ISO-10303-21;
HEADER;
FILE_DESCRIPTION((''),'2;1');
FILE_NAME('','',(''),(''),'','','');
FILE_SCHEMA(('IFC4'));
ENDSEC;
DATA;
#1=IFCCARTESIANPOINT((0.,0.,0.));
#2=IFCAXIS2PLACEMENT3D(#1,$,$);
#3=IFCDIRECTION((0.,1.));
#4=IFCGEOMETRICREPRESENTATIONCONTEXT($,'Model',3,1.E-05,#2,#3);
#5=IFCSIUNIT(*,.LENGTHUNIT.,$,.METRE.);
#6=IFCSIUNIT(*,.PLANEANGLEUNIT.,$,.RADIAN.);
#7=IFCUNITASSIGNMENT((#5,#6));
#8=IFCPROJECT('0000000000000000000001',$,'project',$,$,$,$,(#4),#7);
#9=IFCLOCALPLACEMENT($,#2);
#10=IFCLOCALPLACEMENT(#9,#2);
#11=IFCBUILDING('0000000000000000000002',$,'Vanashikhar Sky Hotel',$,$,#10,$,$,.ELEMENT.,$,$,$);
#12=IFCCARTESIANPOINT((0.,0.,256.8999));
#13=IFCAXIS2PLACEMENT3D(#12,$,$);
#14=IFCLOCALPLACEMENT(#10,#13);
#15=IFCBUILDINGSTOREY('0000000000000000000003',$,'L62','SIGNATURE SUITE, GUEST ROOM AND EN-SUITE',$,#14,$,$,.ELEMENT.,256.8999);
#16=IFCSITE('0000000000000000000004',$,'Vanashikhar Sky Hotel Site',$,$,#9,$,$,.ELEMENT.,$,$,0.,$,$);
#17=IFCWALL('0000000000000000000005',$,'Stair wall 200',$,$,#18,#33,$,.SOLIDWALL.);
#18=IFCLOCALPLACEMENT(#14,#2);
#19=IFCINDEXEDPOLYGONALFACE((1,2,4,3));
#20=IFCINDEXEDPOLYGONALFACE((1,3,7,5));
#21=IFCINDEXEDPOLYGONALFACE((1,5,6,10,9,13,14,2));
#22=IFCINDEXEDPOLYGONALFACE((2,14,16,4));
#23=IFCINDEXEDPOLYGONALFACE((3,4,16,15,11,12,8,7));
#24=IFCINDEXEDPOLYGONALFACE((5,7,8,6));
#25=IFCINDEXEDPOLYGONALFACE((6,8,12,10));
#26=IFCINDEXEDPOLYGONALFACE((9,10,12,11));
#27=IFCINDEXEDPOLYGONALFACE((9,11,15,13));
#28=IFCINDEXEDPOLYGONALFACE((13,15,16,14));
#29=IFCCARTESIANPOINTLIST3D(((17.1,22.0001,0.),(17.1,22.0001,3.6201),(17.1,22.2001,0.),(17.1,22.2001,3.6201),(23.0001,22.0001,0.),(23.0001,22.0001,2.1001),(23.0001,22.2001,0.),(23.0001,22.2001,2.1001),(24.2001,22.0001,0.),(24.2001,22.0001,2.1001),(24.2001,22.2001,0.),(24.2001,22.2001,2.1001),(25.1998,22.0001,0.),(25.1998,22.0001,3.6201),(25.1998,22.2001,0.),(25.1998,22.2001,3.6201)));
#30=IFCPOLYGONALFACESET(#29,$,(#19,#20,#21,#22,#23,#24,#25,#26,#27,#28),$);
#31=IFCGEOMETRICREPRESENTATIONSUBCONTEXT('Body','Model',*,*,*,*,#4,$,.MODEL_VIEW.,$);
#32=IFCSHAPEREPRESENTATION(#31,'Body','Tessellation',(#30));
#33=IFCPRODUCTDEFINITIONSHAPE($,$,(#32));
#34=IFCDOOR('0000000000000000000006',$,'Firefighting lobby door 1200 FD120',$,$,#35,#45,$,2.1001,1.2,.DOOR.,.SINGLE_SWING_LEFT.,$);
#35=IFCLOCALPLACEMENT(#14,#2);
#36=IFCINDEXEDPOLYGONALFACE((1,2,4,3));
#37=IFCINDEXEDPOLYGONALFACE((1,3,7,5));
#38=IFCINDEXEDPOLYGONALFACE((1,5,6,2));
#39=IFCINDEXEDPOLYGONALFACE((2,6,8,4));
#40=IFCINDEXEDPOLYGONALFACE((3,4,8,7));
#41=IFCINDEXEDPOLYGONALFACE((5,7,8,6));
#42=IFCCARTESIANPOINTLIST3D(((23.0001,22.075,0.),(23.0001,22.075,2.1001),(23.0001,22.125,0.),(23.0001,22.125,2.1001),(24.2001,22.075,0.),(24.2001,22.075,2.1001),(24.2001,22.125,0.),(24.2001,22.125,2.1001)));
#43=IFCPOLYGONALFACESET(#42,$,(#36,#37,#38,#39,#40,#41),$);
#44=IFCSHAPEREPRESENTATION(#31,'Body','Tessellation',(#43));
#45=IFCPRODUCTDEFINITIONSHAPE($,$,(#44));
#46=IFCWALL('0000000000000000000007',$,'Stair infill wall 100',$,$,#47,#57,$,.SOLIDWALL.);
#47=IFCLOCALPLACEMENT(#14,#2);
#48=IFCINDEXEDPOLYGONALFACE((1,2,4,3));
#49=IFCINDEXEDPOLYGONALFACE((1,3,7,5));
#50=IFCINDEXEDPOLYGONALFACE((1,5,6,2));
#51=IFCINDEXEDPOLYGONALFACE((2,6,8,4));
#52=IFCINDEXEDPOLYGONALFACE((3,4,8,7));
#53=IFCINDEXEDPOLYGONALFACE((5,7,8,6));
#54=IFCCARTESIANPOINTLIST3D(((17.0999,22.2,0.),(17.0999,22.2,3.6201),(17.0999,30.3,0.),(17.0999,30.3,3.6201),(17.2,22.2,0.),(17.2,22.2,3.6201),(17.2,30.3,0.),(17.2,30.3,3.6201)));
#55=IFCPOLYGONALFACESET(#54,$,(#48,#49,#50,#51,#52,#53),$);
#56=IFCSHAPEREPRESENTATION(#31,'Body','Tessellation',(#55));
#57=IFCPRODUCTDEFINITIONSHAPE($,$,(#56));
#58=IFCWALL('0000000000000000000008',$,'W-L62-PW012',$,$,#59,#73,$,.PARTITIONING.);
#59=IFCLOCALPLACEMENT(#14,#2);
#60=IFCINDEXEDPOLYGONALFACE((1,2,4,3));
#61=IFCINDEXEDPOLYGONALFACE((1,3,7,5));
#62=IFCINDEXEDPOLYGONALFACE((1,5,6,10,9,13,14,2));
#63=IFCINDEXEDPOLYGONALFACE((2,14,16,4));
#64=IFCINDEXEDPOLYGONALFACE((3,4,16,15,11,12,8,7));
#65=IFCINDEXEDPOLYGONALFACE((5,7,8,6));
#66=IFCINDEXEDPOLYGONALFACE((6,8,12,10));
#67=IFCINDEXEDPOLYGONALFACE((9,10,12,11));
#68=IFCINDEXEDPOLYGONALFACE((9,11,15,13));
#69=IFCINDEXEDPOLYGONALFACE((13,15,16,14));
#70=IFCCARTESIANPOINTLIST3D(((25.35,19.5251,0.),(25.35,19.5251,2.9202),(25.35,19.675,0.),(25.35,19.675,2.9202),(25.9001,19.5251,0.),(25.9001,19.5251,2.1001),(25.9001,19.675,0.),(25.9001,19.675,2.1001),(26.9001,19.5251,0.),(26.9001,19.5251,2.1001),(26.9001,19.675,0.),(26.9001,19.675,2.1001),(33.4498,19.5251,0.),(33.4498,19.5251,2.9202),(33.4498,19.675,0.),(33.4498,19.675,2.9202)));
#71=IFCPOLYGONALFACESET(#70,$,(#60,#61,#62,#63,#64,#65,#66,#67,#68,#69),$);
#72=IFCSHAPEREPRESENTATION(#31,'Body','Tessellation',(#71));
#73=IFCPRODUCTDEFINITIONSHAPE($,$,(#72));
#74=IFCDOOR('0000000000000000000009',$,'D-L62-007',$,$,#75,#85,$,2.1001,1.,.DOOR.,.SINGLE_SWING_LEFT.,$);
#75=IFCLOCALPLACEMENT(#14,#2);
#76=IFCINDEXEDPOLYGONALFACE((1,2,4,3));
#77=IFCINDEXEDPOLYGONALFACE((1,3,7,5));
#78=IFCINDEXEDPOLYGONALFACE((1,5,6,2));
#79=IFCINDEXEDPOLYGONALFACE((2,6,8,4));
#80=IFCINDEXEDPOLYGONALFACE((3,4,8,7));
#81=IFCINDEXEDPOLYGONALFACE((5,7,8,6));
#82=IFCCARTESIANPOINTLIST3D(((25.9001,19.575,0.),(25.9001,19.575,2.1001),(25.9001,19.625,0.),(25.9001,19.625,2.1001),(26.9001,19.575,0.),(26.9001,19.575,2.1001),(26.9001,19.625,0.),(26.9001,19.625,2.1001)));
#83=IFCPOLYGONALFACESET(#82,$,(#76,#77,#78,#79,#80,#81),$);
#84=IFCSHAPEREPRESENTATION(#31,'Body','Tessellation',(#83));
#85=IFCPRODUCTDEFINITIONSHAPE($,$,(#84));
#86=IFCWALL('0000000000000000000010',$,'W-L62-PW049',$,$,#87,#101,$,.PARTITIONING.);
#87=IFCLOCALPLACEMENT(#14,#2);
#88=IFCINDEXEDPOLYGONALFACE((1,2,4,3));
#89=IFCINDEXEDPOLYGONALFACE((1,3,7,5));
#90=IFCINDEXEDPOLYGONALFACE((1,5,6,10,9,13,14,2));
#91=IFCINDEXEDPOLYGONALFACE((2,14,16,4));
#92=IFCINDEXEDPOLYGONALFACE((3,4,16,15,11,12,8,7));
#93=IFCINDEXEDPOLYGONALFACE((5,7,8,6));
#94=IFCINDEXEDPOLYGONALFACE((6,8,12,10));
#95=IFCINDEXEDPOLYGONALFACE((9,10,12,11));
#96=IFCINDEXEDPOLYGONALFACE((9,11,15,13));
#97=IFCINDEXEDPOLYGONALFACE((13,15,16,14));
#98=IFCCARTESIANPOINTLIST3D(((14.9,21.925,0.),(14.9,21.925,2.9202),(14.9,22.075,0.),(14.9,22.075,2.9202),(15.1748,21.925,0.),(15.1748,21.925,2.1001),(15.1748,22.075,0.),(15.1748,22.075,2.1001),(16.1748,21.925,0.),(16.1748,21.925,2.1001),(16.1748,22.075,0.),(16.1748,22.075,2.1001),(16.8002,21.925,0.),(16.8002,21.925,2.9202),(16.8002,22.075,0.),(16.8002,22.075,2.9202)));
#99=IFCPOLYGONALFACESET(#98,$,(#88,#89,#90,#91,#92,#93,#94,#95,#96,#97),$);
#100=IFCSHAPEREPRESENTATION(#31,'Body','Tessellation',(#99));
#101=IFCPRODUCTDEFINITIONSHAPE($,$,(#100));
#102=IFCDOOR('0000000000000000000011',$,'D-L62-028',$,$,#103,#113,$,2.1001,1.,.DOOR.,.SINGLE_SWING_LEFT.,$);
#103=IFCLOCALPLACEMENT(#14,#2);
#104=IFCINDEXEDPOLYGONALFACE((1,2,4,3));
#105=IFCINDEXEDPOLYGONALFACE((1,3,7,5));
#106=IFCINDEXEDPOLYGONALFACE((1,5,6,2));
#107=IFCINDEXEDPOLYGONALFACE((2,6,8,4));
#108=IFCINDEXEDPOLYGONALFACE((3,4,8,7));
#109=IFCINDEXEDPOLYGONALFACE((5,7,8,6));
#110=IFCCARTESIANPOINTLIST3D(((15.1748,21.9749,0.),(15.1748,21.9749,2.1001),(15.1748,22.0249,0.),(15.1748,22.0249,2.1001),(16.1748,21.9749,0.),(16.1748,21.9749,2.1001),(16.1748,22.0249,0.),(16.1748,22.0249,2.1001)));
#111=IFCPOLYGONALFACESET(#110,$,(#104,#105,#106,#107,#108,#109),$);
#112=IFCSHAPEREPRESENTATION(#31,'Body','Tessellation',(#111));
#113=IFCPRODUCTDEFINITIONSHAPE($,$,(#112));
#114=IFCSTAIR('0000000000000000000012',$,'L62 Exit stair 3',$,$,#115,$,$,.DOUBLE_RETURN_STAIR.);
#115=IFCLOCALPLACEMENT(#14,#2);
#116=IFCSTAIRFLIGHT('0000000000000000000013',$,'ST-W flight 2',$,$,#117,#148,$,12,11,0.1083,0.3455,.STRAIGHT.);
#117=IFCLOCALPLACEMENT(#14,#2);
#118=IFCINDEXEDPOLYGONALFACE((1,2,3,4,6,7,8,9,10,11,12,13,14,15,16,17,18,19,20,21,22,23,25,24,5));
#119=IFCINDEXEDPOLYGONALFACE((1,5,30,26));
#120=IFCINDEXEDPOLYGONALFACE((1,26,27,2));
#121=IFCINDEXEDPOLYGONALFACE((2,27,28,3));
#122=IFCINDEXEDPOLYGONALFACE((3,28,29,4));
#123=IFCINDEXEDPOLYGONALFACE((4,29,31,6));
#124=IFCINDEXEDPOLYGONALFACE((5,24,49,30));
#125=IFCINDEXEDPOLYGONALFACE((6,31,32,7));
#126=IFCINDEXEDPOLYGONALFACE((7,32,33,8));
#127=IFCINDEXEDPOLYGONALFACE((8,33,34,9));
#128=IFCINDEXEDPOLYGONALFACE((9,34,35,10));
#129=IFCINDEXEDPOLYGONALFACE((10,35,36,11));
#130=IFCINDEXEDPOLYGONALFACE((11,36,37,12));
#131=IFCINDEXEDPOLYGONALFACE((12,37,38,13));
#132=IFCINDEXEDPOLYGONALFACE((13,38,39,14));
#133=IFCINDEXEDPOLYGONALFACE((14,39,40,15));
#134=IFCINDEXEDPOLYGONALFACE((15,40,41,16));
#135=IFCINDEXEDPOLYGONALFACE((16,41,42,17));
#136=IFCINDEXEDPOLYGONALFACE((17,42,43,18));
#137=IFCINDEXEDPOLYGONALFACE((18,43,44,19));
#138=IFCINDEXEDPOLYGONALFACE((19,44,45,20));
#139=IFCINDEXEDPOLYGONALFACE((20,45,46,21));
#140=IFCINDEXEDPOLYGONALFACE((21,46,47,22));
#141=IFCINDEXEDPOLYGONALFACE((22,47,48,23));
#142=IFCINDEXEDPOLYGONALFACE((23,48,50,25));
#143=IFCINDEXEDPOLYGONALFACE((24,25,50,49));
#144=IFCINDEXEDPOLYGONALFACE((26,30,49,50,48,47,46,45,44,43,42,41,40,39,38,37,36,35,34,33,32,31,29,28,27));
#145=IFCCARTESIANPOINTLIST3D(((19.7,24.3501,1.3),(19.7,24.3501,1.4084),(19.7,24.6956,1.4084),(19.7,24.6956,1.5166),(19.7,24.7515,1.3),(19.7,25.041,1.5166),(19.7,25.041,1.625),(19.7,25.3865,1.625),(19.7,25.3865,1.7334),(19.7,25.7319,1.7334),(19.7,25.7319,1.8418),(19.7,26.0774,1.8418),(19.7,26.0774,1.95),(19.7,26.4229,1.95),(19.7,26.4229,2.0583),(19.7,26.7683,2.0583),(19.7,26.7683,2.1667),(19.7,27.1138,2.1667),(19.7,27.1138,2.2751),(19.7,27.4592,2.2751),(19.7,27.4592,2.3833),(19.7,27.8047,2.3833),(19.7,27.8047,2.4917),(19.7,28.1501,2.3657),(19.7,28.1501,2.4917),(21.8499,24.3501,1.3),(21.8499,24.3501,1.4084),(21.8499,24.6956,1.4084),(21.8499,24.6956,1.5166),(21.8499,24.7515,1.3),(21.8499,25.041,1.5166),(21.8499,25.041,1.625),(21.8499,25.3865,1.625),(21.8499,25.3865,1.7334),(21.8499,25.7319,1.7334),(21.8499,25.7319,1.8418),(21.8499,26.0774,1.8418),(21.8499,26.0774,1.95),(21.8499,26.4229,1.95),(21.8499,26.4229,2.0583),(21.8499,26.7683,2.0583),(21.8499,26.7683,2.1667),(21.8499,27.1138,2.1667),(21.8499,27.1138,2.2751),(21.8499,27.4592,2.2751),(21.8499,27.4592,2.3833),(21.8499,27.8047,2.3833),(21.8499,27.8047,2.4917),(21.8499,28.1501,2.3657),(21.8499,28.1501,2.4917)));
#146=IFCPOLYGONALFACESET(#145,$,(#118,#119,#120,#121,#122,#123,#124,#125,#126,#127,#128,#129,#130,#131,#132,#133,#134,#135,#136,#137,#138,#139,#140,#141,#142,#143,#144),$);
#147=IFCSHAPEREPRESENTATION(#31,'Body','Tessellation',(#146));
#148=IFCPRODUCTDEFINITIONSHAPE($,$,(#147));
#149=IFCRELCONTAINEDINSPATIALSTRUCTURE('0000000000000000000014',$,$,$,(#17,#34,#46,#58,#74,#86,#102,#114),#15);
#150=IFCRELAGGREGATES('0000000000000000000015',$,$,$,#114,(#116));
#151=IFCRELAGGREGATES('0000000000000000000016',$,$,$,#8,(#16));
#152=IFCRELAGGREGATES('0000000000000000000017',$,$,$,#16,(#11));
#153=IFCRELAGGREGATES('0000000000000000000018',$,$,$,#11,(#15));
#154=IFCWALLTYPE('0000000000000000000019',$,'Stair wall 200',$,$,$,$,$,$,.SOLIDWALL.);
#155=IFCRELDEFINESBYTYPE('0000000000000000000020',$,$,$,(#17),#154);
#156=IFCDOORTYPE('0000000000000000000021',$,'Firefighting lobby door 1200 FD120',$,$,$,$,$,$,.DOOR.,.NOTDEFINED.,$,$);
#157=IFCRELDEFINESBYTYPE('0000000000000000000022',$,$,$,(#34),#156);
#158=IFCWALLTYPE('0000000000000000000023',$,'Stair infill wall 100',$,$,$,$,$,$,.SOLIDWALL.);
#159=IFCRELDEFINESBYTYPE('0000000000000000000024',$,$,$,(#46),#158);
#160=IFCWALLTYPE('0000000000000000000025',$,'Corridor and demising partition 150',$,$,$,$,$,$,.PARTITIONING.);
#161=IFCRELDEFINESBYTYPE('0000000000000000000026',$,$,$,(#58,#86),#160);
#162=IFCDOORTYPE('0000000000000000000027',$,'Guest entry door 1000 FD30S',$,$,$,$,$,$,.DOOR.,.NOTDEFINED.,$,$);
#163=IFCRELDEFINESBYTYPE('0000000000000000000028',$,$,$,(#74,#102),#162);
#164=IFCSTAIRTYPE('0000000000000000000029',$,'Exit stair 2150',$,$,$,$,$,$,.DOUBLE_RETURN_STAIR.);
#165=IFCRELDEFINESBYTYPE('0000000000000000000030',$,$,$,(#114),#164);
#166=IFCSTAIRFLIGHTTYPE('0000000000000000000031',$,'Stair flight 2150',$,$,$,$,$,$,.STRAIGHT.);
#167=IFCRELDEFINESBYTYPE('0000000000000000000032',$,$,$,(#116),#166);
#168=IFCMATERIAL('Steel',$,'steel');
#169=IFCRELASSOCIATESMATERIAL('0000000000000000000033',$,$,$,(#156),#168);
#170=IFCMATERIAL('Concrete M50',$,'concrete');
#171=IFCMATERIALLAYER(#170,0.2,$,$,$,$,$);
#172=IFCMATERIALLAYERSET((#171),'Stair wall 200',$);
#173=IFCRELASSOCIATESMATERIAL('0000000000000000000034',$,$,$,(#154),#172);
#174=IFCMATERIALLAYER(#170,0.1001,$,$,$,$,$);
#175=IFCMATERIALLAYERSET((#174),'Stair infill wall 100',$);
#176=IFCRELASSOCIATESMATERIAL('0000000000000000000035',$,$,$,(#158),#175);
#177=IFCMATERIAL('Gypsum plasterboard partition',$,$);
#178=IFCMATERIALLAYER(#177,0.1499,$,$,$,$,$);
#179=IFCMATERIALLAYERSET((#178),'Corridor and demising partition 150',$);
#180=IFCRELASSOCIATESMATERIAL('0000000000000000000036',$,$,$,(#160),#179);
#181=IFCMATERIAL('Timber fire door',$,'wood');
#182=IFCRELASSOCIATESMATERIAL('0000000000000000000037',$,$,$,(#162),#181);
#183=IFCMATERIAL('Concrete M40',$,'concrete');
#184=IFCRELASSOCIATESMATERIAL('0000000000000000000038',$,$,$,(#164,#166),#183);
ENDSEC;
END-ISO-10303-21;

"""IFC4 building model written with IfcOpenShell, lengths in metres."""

from ifc_helpers import new_model, si_unit, direction, frame, frame_2d, origin, place, context, subcontext, project, spatial, polyline, rectangle, outline, extrude, source, transform, mapped, material, layer, layer_set, type_object, element, fill, aggregate, save


model = new_model("IFC4")

# Units and contexts
model_context = context("Model", 3, precision=1e-05, world=origin(), true_north=direction((0.0, 1.0)))
body_context = subcontext(model_context, "Body", "Model", "MODEL_VIEW")
ifc_project = project(units=[si_unit("LENGTHUNIT", "METRE"), si_unit("PLANEANGLEUNIT", "RADIAN")], contexts=[model_context])

# Site, building, storey
site_placement = place(None, origin())
site = spatial("IfcSite", under=ifc_project, at=site_placement, Name="Vanashikhar Sky Hotel Site", CompositionType="ELEMENT", RefElevation=0.0)
building_placement = place(site_placement, origin())
building = spatial("IfcBuilding", under=site, at=building_placement, Name="Vanashikhar Sky Hotel", CompositionType="ELEMENT")
storey_placement = place(building_placement, frame((0.0, 0.0, 256.8999)))
storey = spatial("IfcBuildingStorey", under=building, at=storey_placement, Name="L62", Description="SIGNATURE SUITE, GUEST ROOM AND EN-SUITE", CompositionType="ELEMENT", Elevation=256.8999)

# Shared definitions
ifc_material_1 = material(Name="Steel", Category="steel")
door_type_1 = type_object("IfcDoorType", Name="Firefighting lobby door 1200 FD120", OperationType="NOTDEFINED", PredefinedType="DOOR", material=ifc_material_1)

# Wall, opening, door
ifc_material_2 = material(Name="Concrete M50", Category="concrete")
ifc_layer_1 = layer(ifc_material_2, 0.2)
ifc_layer_set_1 = layer_set([ifc_layer_1], Name="Stair wall 200")
wall_type_1 = type_object("IfcWallType", Name="Stair wall 200", PredefinedType="SOLIDWALL", material=ifc_layer_set_1)
shared_shape_1 = source(origin(), body_context, "Body", "SweptSolid", [
    extrude(rectangle(XDim=1.2, YDim=2.1001, at=frame_2d((0.6001, 1.05))), frame((0.0, 0.1099, 0.0), z_axis=(0.0, -1.0, 0.0), x_axis=(1.0, 0.0, 0.0)), (0.0, 0.0, 1.0), 0.22),
])
shared_shape_2 = source(origin(), body_context, "Body", "SweptSolid", [
    extrude(rectangle(XDim=1.2, YDim=2.1001, at=frame_2d((0.6001, 1.05))), frame((0.0, 0.0249, 0.0), z_axis=(0.0, -1.0, 0.0), x_axis=(1.0, 0.0, 0.0)), (0.0, 0.0, 1.0), 0.05),
])
shared_shape_3 = source(origin(), body_context, "Body", "SweptSolid", [
    extrude(rectangle(XDim=8.0999, YDim=0.2, at=frame_2d((4.0498, 0.0))), origin(), (0.0, 0.0, 1.0), 3.6201),
])
wall_1_placement = place(storey_placement, frame((17.1001, 22.1001, 0.0), z_axis=(0.0, 0.0, 1.0), x_axis=(1.0, 0.0, 0.0)))
wall_1 = element("IfcWall", 1, at=wall_1_placement, inside=storey, type_object=wall_type_1, Name="Stair wall 200", PredefinedType="SOLIDWALL", context=body_context, shape_type="MappedRepresentation", body=[
    mapped(shared_shape_3, transform((0.0, 0.0, 0.0), scale=1.0)),
])
opening_1_placement = place(wall_1_placement, frame((5.8999, 0.0, 0.0)))
opening_1 = element("IfcOpeningElement", 2, at=opening_1_placement, cuts=wall_1, PredefinedType="OPENING", context=body_context, shape_type="MappedRepresentation", body=[
    mapped(shared_shape_1, transform((0.0, 0.0, 0.0), scale=1.0)),
])
door_1_placement = place(opening_1_placement, origin())
door_1 = element("IfcDoor", 3, at=door_1_placement, inside=storey, type_object=door_type_1, Name="Firefighting lobby door 1200 FD120", OperationType="SINGLE_SWING_LEFT", OverallHeight=2.1001, OverallWidth=1.2, PredefinedType="DOOR", context=body_context, shape_type="MappedRepresentation", body=[
    mapped(shared_shape_2, transform((0.0, 0.0, 0.0), scale=1.0)),
])
fill(opening_1, door_1)

# Wall
ifc_layer_2 = layer(ifc_material_2, 0.1001)
ifc_layer_set_2 = layer_set([ifc_layer_2], Name="Stair infill wall 100")
wall_type_2 = type_object("IfcWallType", Name="Stair infill wall 100", PredefinedType="SOLIDWALL", material=ifc_layer_set_2)
shared_shape_4 = source(origin(), body_context, "Body", "SweptSolid", [
    extrude(rectangle(XDim=8.1001, YDim=0.1001, at=frame_2d((4.05, 0.0))), origin(), (0.0, 0.0, 1.0), 3.6201),
])
wall_2_placement = place(storey_placement, frame((17.1499, 22.2, 0.0), z_axis=(0.0, 0.0, 1.0), x_axis=(0.0, 1.0, 0.0)))
element("IfcWall", 4, at=wall_2_placement, inside=storey, type_object=wall_type_2, Name="Stair infill wall 100", PredefinedType="SOLIDWALL", context=body_context, shape_type="MappedRepresentation", body=[
    mapped(shared_shape_4, transform((0.0, 0.0, 0.0), scale=1.0)),
])

# Walls, openings, doors
ifc_material_3 = material(Name="Gypsum plasterboard partition")
ifc_layer_3 = layer(ifc_material_3, 0.1499)
ifc_layer_set_3 = layer_set([ifc_layer_3], Name="Corridor and demising partition 150")
wall_type_3 = type_object("IfcWallType", Name="Corridor and demising partition 150", PredefinedType="PARTITIONING", material=ifc_layer_set_3)
shared_shape_5 = source(origin(), body_context, "Body", "SweptSolid", [
    extrude(rectangle(XDim=8.0999, YDim=0.1499, at=frame_2d((4.0498, 0.0))), origin(), (0.0, 0.0, 1.0), 2.9202),
])
wall_3_placement = place(storey_placement, frame((25.3501, 19.6001, 0.0), z_axis=(0.0, 0.0, 1.0), x_axis=(1.0, 0.0, 0.0)))
wall_3 = element("IfcWall", 5, at=wall_3_placement, inside=storey, type_object=wall_type_3, Name="W-L62-PW012", PredefinedType="PARTITIONING", context=body_context, shape_type="MappedRepresentation", body=[
    mapped(shared_shape_5, transform((0.0, 0.0, 0.0), scale=1.0)),
])
shared_shape_6 = source(origin(), body_context, "Body", "SweptSolid", [
    extrude(rectangle(XDim=1.0, YDim=2.1001, at=frame_2d((0.5, 1.05))), frame((0.0, 0.085, 0.0), z_axis=(0.0, -1.0, 0.0), x_axis=(1.0, 0.0, 0.0)), (0.0, 0.0, 1.0), 0.1699),
])
opening_2_placement = place(wall_3_placement, frame((0.55, 0.0, 0.0)))
opening_2 = element("IfcOpeningElement", 6, at=opening_2_placement, cuts=wall_3, PredefinedType="OPENING", context=body_context, shape_type="MappedRepresentation", body=[
    mapped(shared_shape_6, transform((0.0, 0.0, 0.0), scale=1.0)),
])
ifc_material_4 = material(Name="Timber fire door", Category="wood")
door_type_2 = type_object("IfcDoorType", Name="Guest entry door 1000 FD30S", OperationType="NOTDEFINED", PredefinedType="DOOR", material=ifc_material_4)
shared_shape_7 = source(origin(), body_context, "Body", "SweptSolid", [
    extrude(rectangle(XDim=1.0, YDim=2.1001, at=frame_2d((0.5, 1.05))), frame((0.0, 0.0249, 0.0), z_axis=(0.0, -1.0, 0.0), x_axis=(1.0, 0.0, 0.0)), (0.0, 0.0, 1.0), 0.05),
])
door_2_placement = place(opening_2_placement, origin())
door_2 = element("IfcDoor", 7, at=door_2_placement, inside=storey, type_object=door_type_2, Name="D-L62-007", OperationType="SINGLE_SWING_LEFT", OverallHeight=2.1001, OverallWidth=1.0, PredefinedType="DOOR", context=body_context, shape_type="MappedRepresentation", body=[
    mapped(shared_shape_7, transform((0.0, 0.0, 0.0), scale=1.0)),
])
fill(opening_2, door_2)
shared_shape_8 = source(origin(), body_context, "Body", "SweptSolid", [
    extrude(rectangle(XDim=1.9001, YDim=0.1499, at=frame_2d((0.9502, 0.0))), origin(), (0.0, 0.0, 1.0), 2.9202),
])
wall_4_placement = place(storey_placement, frame((14.8999, 22.0, 0.0), z_axis=(0.0, 0.0, 1.0), x_axis=(1.0, 0.0, 0.0)))
wall_4 = element("IfcWall", 8, at=wall_4_placement, inside=storey, type_object=wall_type_3, Name="W-L62-PW049", PredefinedType="PARTITIONING", context=body_context, shape_type="MappedRepresentation", body=[
    mapped(shared_shape_8, transform((0.0, 0.0, 0.0), scale=1.0)),
])
opening_3_placement = place(wall_4_placement, frame((0.2749, 0.0, 0.0)))
opening_3 = element("IfcOpeningElement", 9, at=opening_3_placement, cuts=wall_4, PredefinedType="OPENING", context=body_context, shape_type="MappedRepresentation", body=[
    mapped(shared_shape_6, transform((0.0, 0.0, 0.0), scale=1.0)),
])
door_3_placement = place(opening_3_placement, origin())
door_3 = element("IfcDoor", 10, at=door_3_placement, inside=storey, type_object=door_type_2, Name="D-L62-028", OperationType="SINGLE_SWING_LEFT", OverallHeight=2.1001, OverallWidth=1.0, PredefinedType="DOOR", context=body_context, shape_type="MappedRepresentation", body=[
    mapped(shared_shape_7, transform((0.0, 0.0, 0.0), scale=1.0)),
])
fill(opening_3, door_3)

# Stair, stair flight
ifc_material_5 = material(Name="Concrete M40", Category="concrete")
stair_type = type_object("IfcStairType", Name="Exit stair 2150", PredefinedType="DOUBLE_RETURN_STAIR", material=ifc_material_5)
stair_placement = place(storey_placement, origin())
stair = element("IfcStair", 11, at=stair_placement, inside=storey, type_object=stair_type, Name="L62 Exit stair 3", PredefinedType="DOUBLE_RETURN_STAIR")
stair_flight_type = type_object("IfcStairFlightType", Name="Stair flight 2150", PredefinedType="STRAIGHT", material=ifc_material_5)
shared_shape_9 = source(origin(), body_context, "Body", "SweptSolid", [
    extrude(outline(polyline([(0.0, 0.0), (0.0, 0.1084), (0.3455, 0.1084), (0.3455, 0.2166), (0.6909, 0.2166), (0.6909, 0.325), (1.0364, 0.325), (1.0364, 0.4333), (1.3818, 0.4333), (1.3818, 0.5417), (1.7273, 0.5417), (1.7273, 0.6499), (2.0728, 0.6499), (2.0728, 0.7583), (2.4182, 0.7583), (2.4182, 0.8667), (2.7637, 0.8667), (2.7637, 0.9751), (3.1091, 0.9751), (3.1091, 1.0833), (3.4546, 1.0833), (3.4546, 1.1917), (3.8, 1.1917), (3.8, 1.3), (3.8, 1.0657), (0.4014, 0.0), (0.0, 0.0)])), frame((0.0, 1.075, 0.0), z_axis=(0.0, -1.0, 0.0), x_axis=(1.0, 0.0, 0.0)), (0.0, 0.0, 1.0), 2.1499),
])
stair_flight_placement = place(storey_placement, frame((20.7749, 24.3501, 1.3), z_axis=(0.0, 0.0, 1.0), x_axis=(0.0, 1.0, 0.0)))
stair_flight = element("IfcStairFlight", 12, at=stair_flight_placement, type_object=stair_flight_type, Name="ST-W flight 2", NumberOfRisers=12, NumberOfTreads=11, PredefinedType="STRAIGHT", RiserHeight=0.1083, TreadLength=0.3455, context=body_context, shape_type="MappedRepresentation", body=[
    mapped(shared_shape_9, transform((0.0, 0.0, 0.0), scale=1.0)),
])
aggregate(stair, [stair_flight])

save(model, "model.ifc")
